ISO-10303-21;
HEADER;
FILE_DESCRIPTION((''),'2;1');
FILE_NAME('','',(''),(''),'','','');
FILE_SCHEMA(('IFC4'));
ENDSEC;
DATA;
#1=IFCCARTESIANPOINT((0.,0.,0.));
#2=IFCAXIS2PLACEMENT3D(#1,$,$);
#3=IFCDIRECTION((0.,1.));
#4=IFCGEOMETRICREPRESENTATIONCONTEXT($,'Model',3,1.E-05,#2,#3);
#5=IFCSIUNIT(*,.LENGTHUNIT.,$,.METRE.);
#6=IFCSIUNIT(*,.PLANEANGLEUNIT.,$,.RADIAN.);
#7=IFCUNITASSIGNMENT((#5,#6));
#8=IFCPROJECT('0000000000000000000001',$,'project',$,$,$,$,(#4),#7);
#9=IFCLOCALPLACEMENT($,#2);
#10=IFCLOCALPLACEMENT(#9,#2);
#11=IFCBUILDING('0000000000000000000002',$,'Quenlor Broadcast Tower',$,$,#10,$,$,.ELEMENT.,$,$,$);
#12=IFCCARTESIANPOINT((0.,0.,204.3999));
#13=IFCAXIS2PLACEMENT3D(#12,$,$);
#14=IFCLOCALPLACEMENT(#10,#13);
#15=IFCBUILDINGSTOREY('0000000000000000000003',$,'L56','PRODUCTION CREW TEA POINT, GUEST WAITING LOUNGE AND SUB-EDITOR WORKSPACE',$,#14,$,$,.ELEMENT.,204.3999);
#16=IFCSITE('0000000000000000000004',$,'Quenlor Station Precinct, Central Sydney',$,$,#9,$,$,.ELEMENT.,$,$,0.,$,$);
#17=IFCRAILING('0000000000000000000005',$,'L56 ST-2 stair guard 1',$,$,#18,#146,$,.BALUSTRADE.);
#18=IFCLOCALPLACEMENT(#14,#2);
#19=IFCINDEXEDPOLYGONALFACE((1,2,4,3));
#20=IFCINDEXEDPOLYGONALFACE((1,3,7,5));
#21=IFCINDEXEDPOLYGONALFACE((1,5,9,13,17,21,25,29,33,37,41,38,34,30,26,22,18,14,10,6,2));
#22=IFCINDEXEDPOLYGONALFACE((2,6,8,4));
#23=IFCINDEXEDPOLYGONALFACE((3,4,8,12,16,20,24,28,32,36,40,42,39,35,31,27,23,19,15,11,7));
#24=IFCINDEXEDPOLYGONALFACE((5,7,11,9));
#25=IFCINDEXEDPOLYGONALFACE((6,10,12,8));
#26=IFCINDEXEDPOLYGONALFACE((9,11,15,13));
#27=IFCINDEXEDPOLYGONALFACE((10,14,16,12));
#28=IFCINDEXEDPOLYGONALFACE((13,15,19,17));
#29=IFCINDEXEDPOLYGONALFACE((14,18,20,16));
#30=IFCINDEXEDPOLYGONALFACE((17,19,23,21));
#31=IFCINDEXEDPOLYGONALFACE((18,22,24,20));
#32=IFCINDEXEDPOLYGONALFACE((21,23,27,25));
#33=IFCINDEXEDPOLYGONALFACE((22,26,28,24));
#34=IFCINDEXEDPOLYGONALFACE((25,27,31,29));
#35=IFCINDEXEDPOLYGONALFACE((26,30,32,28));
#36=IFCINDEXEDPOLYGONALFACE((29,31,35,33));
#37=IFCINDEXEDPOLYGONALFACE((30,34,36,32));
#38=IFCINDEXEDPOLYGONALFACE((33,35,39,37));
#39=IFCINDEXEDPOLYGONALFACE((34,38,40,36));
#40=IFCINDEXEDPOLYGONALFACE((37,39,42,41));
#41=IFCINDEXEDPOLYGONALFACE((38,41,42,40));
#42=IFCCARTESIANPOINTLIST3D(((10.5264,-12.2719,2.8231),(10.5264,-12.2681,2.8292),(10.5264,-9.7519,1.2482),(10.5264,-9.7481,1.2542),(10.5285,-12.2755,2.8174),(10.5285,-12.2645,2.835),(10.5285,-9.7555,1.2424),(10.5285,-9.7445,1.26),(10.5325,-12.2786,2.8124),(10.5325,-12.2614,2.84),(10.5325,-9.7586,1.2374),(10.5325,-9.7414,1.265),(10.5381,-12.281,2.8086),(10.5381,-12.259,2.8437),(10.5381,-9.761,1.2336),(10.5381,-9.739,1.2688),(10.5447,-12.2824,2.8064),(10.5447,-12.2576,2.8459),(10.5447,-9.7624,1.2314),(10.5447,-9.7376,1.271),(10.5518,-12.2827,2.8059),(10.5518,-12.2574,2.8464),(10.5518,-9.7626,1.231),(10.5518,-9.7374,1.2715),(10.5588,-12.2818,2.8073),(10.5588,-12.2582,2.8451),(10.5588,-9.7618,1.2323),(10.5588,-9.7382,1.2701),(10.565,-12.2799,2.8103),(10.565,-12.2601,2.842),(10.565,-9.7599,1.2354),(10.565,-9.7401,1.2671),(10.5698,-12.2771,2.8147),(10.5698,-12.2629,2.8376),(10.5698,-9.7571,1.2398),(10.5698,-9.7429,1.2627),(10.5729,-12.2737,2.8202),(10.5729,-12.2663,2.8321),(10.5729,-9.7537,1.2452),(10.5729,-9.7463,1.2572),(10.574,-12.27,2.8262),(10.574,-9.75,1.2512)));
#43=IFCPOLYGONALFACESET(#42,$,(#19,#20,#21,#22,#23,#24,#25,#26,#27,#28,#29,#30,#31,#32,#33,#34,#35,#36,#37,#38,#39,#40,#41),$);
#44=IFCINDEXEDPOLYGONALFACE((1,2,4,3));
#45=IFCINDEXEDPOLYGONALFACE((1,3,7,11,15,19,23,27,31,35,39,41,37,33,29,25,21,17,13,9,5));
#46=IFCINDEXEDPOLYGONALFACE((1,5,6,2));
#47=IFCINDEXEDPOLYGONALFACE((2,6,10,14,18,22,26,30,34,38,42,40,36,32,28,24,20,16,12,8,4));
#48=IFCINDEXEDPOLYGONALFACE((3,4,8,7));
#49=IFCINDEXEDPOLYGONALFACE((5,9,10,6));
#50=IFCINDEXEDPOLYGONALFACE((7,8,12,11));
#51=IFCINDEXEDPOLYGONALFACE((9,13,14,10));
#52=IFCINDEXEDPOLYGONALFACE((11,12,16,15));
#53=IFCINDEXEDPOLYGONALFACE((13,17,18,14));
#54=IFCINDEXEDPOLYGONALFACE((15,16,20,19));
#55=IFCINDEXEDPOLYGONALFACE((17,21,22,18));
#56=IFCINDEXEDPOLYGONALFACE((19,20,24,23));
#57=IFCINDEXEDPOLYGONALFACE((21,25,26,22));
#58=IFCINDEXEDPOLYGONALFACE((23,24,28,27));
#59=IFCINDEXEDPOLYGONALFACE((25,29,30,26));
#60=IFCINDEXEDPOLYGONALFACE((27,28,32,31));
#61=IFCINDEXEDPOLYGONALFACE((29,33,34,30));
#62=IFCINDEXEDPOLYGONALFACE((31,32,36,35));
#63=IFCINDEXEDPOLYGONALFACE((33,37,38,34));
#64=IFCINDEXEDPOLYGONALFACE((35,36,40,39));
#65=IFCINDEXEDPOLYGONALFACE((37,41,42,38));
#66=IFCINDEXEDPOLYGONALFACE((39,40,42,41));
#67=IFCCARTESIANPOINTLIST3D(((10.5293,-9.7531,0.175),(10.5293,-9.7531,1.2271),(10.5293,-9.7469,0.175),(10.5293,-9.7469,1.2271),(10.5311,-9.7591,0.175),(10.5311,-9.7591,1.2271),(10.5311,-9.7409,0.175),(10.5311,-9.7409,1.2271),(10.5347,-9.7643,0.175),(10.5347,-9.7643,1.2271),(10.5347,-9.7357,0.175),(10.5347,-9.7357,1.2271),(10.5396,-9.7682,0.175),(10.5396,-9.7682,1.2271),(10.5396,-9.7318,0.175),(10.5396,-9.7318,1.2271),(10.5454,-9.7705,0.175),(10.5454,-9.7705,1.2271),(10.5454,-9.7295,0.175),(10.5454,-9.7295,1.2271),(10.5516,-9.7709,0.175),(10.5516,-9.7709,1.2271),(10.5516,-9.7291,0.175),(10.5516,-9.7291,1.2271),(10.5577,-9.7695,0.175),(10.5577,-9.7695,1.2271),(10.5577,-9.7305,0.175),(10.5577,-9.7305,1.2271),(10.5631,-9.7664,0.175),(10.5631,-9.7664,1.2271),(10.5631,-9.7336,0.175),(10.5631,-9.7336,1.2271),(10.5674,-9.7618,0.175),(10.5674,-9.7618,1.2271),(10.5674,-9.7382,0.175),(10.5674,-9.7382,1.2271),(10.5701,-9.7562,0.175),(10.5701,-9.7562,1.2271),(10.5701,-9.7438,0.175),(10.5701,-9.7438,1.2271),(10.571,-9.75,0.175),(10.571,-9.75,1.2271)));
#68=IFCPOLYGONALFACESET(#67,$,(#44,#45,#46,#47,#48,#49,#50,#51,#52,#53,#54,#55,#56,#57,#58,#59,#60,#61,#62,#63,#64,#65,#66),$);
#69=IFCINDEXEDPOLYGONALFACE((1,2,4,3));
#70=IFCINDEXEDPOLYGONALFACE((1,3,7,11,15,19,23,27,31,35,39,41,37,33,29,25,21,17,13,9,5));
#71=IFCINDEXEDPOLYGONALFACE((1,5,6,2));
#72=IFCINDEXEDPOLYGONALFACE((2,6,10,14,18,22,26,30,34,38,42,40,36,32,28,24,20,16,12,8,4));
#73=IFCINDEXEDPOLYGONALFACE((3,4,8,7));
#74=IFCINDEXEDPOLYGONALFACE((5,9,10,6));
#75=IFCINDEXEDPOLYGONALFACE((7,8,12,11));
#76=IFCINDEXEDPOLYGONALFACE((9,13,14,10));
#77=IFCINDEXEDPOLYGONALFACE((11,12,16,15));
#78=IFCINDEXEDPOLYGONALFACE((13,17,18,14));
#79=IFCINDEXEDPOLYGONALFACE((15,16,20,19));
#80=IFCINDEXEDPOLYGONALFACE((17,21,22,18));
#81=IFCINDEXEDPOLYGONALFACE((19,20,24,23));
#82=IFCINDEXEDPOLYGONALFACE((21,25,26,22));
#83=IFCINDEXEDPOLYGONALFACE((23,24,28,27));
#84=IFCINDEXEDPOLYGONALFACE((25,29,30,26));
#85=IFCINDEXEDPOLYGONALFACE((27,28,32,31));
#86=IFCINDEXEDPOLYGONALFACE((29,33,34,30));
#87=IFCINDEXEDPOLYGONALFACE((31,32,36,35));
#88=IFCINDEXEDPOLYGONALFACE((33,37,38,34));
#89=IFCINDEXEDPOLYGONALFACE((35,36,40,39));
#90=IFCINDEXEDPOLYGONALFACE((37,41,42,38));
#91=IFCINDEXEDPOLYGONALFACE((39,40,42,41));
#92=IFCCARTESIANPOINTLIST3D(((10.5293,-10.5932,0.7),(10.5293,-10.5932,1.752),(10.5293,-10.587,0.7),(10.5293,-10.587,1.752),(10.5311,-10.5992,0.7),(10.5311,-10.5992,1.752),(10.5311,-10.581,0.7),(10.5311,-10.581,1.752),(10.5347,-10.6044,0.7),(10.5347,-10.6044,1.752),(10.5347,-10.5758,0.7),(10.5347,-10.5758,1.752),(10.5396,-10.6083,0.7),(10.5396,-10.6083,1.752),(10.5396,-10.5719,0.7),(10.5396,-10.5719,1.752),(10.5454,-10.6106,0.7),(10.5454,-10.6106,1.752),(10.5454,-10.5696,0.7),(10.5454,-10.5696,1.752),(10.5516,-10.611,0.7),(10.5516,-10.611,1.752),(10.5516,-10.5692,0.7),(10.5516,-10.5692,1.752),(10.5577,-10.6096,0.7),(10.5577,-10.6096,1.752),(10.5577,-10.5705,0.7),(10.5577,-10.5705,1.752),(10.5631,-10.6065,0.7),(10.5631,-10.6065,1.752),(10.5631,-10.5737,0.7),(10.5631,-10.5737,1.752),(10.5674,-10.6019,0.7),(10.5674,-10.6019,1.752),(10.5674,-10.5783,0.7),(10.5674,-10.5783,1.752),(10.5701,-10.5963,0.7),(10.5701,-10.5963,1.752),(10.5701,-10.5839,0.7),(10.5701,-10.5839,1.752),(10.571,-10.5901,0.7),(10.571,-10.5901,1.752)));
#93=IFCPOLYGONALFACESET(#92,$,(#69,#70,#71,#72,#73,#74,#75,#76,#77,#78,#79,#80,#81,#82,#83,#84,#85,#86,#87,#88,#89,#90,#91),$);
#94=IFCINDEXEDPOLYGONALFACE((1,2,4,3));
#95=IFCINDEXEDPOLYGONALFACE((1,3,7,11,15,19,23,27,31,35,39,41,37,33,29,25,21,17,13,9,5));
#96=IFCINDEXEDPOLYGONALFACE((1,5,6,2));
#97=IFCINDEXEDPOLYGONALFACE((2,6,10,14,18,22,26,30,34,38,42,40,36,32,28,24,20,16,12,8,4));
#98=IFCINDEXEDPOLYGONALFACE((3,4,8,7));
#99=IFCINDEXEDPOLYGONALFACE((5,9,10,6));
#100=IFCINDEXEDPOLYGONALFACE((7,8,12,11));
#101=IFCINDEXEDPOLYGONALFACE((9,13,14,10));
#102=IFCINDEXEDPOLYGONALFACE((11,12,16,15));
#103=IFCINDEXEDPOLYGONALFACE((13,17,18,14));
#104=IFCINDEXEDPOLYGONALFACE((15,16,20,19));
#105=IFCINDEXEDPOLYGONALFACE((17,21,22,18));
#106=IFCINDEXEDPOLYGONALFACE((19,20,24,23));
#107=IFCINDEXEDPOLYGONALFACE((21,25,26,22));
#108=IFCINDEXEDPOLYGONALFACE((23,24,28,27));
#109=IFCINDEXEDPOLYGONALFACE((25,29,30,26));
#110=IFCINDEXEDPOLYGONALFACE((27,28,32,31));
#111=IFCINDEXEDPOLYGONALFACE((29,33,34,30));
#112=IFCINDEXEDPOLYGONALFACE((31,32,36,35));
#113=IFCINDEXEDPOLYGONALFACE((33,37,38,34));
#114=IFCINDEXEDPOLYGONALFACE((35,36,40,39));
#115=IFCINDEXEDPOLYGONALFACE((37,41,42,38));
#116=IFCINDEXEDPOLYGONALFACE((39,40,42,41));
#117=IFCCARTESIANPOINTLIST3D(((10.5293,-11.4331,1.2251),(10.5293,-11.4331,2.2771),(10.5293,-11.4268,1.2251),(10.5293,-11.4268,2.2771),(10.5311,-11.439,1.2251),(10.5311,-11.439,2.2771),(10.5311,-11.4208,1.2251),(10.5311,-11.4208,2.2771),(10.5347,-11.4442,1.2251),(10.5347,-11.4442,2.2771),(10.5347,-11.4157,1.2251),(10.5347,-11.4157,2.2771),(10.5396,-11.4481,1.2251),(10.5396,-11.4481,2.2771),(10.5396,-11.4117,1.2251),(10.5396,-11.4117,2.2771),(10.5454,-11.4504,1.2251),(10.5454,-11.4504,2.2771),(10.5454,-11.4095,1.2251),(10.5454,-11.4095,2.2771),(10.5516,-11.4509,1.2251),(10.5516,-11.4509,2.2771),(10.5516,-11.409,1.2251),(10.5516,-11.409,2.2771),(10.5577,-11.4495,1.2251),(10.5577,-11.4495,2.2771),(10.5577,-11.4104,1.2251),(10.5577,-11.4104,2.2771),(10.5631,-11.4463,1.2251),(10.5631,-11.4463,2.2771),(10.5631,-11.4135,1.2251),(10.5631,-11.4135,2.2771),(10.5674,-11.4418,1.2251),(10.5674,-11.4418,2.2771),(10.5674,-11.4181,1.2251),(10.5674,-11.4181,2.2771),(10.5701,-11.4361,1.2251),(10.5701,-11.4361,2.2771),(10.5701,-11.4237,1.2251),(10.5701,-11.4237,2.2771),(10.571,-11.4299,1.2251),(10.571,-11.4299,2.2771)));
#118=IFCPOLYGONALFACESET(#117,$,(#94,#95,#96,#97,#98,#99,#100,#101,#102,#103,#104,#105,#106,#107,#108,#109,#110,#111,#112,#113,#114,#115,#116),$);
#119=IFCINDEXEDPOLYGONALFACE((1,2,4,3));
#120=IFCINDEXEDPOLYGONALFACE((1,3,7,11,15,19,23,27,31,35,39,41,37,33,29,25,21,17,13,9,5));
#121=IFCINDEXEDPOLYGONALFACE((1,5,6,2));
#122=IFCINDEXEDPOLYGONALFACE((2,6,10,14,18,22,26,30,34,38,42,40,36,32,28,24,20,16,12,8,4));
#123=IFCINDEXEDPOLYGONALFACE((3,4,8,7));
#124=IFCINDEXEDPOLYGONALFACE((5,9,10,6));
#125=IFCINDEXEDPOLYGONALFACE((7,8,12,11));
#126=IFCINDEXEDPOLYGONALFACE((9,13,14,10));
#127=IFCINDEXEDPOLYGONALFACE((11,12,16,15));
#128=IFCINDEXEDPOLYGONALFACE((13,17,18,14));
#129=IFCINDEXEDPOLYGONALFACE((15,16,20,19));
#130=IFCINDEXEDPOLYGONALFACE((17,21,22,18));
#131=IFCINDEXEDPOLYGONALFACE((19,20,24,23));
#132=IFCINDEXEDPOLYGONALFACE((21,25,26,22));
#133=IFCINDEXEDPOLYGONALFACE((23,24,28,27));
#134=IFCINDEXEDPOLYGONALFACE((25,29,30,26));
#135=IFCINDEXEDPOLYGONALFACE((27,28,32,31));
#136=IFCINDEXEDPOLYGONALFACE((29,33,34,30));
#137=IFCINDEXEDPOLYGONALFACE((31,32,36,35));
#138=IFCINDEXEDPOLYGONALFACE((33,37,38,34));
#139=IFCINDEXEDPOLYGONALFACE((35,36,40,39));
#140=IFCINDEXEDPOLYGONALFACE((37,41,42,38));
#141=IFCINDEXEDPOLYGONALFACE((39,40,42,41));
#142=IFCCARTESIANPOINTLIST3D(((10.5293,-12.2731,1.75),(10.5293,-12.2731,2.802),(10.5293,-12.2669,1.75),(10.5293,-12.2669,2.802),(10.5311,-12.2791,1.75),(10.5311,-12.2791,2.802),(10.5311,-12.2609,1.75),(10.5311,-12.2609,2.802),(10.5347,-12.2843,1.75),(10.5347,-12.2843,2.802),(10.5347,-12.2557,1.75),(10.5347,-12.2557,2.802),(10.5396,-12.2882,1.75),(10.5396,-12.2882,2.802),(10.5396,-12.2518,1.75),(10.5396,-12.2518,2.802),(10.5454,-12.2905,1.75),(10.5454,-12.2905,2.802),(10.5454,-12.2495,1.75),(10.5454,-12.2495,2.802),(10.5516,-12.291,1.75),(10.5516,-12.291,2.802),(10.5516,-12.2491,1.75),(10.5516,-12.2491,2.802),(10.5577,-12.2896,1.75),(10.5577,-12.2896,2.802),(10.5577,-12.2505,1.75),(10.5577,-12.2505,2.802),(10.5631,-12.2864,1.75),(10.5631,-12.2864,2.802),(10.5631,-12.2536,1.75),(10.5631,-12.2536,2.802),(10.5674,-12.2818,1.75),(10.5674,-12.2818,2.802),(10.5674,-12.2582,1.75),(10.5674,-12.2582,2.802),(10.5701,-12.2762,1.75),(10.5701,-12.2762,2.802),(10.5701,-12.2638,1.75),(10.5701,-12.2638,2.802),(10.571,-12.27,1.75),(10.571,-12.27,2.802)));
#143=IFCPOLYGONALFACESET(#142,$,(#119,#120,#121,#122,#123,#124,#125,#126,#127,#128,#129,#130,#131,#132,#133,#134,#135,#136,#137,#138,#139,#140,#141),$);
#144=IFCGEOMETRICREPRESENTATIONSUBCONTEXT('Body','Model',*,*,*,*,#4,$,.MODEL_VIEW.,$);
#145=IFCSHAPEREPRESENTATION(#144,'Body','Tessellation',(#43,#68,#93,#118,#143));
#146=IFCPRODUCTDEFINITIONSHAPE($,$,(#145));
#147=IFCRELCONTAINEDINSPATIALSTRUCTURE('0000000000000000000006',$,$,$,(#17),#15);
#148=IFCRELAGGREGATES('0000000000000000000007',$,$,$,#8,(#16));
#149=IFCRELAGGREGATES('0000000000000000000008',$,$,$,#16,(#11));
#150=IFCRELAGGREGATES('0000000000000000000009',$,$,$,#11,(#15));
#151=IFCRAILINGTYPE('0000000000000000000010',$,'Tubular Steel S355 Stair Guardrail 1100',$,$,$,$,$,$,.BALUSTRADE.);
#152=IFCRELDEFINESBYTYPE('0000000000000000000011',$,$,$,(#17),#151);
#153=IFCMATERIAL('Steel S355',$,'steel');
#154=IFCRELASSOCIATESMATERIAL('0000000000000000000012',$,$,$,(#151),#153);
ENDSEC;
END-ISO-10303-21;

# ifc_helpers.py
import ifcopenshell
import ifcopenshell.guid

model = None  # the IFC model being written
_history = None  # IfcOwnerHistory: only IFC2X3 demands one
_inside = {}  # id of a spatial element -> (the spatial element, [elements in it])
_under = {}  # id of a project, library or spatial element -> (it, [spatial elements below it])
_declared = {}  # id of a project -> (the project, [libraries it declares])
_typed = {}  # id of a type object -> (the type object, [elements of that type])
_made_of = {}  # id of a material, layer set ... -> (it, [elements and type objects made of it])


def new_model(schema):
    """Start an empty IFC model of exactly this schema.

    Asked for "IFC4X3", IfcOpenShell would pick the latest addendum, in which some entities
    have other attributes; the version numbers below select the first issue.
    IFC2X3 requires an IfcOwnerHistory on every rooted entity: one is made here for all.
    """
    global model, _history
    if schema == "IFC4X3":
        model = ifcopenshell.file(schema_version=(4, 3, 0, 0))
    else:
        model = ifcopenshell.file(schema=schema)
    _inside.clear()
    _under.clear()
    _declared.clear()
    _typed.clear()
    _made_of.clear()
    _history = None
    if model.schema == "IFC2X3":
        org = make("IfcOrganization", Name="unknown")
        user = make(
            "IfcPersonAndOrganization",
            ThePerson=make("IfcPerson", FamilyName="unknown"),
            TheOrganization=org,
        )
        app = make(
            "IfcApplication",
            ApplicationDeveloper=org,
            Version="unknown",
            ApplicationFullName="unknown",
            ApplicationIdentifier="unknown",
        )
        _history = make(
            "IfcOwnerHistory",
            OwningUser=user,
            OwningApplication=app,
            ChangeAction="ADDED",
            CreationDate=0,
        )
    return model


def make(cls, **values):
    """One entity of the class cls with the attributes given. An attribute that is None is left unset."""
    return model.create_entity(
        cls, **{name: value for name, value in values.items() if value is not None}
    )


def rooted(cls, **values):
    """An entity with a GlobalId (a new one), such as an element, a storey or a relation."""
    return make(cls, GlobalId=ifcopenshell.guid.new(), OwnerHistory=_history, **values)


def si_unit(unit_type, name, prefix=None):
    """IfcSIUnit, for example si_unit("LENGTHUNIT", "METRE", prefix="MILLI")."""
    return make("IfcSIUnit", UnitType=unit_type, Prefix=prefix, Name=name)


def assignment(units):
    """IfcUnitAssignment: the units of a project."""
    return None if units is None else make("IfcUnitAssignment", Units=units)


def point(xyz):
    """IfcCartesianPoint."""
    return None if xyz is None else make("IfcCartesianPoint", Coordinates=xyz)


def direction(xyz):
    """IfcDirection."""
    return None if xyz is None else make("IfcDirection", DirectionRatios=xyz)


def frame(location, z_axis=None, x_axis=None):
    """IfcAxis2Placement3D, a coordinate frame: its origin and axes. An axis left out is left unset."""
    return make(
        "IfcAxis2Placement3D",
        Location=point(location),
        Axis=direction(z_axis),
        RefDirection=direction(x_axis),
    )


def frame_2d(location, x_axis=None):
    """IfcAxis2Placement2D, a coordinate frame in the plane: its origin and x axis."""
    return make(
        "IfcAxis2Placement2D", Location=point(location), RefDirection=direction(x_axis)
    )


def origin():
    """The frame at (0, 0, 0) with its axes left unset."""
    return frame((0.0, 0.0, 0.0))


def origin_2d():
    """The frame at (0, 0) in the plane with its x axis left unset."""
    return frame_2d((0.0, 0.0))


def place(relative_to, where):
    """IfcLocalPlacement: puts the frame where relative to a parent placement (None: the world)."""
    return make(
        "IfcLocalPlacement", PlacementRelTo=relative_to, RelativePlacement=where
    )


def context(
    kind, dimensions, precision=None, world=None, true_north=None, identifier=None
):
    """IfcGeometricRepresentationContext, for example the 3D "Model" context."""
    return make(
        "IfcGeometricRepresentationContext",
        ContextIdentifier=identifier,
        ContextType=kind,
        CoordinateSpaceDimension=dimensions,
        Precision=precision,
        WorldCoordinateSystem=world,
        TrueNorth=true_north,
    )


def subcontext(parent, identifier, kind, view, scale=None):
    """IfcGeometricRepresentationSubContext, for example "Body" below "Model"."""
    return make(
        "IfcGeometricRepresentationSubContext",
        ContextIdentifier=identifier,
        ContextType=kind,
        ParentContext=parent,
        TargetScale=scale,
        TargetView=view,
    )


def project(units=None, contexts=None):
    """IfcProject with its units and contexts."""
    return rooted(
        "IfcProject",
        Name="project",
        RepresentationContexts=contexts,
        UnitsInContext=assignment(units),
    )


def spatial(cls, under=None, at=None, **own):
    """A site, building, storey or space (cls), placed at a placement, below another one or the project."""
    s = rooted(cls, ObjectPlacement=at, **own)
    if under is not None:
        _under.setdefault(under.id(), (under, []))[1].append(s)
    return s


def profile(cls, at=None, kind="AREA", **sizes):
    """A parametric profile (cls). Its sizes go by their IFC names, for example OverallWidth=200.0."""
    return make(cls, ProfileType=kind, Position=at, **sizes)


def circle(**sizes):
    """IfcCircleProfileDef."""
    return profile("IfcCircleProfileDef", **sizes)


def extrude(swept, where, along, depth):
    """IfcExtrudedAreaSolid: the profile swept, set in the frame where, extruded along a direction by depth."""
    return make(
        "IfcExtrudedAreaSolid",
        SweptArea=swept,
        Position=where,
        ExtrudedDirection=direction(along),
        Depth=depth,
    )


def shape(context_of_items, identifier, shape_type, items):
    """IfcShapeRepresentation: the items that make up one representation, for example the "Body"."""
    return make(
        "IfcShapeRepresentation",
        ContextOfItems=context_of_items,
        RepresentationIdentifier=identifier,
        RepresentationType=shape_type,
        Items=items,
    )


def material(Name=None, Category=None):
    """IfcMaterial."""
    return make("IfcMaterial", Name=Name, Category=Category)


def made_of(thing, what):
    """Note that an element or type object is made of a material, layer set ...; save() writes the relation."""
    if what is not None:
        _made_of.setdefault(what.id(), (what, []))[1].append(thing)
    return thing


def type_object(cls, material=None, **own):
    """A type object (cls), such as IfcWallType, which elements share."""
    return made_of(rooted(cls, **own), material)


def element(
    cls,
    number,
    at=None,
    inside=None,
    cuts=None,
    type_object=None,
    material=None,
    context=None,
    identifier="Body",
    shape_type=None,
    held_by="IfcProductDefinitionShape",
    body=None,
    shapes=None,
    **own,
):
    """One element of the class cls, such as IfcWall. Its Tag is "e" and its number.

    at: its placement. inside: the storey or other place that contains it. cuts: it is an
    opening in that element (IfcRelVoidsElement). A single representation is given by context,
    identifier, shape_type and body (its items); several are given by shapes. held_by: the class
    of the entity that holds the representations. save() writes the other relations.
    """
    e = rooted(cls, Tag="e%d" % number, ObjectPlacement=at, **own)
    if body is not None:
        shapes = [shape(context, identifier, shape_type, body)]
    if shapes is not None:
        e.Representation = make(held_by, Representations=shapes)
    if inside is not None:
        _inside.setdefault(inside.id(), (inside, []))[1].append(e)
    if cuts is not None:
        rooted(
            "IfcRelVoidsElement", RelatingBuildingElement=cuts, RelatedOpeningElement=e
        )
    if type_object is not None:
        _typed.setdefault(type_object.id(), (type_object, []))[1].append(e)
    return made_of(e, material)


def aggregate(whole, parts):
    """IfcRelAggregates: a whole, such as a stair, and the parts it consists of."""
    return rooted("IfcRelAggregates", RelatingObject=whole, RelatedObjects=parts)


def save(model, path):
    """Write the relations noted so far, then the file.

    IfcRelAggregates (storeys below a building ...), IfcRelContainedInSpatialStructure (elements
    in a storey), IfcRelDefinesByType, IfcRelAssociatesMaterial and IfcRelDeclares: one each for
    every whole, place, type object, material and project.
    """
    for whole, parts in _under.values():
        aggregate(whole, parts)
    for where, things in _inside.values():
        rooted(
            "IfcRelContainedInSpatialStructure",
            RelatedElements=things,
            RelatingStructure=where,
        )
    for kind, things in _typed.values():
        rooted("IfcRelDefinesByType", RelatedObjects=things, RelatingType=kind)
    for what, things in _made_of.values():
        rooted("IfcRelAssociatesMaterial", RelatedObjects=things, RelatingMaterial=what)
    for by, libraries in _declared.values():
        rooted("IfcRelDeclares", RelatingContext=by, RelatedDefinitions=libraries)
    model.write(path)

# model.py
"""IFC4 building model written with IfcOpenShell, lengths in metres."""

from ifc_helpers import new_model, si_unit, direction, frame, origin, origin_2d, place, context, subcontext, project, spatial, circle, extrude, material, type_object, element, save


model = new_model("IFC4")

# Units and contexts
model_context = context("Model", 3, precision=1e-05, world=origin(), true_north=direction((0.0, 1.0)))
body_context = subcontext(model_context, "Body", "Model", "MODEL_VIEW")
ifc_project = project(units=[si_unit("LENGTHUNIT", "METRE"), si_unit("PLANEANGLEUNIT", "RADIAN")], contexts=[model_context])

# Site, building, storey
site_placement = place(None, origin())
site = spatial("IfcSite", under=ifc_project, at=site_placement, Name="Quenlor Station Precinct, Central Sydney", CompositionType="ELEMENT", RefElevation=0.0)
building_placement = place(site_placement, origin())
building = spatial("IfcBuilding", under=site, at=building_placement, Name="Quenlor Broadcast Tower", CompositionType="ELEMENT")
storey_placement = place(building_placement, frame((0.0, 0.0, 204.3999)))
storey = spatial("IfcBuildingStorey", under=building, at=storey_placement, Name="L56", Description="PRODUCTION CREW TEA POINT, GUEST WAITING LOUNGE AND SUB-EDITOR WORKSPACE", CompositionType="ELEMENT", Elevation=204.3999)

# Railing
ifc_material_1 = material(Name="Steel S355", Category="steel")
railing_type_1 = type_object("IfcRailingType", Name="Tubular Steel S355 Stair Guardrail 1100", PredefinedType="BALUSTRADE", material=ifc_material_1)
railing_1_placement = place(storey_placement, frame((10.55, -9.75, 0.175)))
element("IfcRailing", 1, at=railing_1_placement, inside=storey, type_object=railing_type_1, Name="L56 ST-2 stair guard 1", PredefinedType="BALUSTRADE", context=body_context, shape_type="SweptSolid", body=[
    extrude(circle(Radius=0.0239, at=origin_2d()), frame((0.0, 0.0, 1.0762), z_axis=(0.0, -0.848008, 0.529984), x_axis=(1.0, 0.0, 0.0)), (0.0, 0.0, 1.0), 2.9717),
    extrude(circle(Radius=0.021, at=origin_2d()), origin(), (0.0, 0.0, 1.0), 1.052),
    extrude(circle(Radius=0.021, at=origin_2d()), frame((0.0, -0.8401, 0.5249)), (0.0, 0.0, 1.0), 1.052),
    extrude(circle(Radius=0.021, at=origin_2d()), frame((0.0, -1.6799, 1.05)), (0.0, 0.0, 1.0), 1.052),
    extrude(circle(Radius=0.021, at=origin_2d()), frame((0.0, -2.52, 1.575)), (0.0, 0.0, 1.0), 1.052),
])

save(model, "model.ifc")
